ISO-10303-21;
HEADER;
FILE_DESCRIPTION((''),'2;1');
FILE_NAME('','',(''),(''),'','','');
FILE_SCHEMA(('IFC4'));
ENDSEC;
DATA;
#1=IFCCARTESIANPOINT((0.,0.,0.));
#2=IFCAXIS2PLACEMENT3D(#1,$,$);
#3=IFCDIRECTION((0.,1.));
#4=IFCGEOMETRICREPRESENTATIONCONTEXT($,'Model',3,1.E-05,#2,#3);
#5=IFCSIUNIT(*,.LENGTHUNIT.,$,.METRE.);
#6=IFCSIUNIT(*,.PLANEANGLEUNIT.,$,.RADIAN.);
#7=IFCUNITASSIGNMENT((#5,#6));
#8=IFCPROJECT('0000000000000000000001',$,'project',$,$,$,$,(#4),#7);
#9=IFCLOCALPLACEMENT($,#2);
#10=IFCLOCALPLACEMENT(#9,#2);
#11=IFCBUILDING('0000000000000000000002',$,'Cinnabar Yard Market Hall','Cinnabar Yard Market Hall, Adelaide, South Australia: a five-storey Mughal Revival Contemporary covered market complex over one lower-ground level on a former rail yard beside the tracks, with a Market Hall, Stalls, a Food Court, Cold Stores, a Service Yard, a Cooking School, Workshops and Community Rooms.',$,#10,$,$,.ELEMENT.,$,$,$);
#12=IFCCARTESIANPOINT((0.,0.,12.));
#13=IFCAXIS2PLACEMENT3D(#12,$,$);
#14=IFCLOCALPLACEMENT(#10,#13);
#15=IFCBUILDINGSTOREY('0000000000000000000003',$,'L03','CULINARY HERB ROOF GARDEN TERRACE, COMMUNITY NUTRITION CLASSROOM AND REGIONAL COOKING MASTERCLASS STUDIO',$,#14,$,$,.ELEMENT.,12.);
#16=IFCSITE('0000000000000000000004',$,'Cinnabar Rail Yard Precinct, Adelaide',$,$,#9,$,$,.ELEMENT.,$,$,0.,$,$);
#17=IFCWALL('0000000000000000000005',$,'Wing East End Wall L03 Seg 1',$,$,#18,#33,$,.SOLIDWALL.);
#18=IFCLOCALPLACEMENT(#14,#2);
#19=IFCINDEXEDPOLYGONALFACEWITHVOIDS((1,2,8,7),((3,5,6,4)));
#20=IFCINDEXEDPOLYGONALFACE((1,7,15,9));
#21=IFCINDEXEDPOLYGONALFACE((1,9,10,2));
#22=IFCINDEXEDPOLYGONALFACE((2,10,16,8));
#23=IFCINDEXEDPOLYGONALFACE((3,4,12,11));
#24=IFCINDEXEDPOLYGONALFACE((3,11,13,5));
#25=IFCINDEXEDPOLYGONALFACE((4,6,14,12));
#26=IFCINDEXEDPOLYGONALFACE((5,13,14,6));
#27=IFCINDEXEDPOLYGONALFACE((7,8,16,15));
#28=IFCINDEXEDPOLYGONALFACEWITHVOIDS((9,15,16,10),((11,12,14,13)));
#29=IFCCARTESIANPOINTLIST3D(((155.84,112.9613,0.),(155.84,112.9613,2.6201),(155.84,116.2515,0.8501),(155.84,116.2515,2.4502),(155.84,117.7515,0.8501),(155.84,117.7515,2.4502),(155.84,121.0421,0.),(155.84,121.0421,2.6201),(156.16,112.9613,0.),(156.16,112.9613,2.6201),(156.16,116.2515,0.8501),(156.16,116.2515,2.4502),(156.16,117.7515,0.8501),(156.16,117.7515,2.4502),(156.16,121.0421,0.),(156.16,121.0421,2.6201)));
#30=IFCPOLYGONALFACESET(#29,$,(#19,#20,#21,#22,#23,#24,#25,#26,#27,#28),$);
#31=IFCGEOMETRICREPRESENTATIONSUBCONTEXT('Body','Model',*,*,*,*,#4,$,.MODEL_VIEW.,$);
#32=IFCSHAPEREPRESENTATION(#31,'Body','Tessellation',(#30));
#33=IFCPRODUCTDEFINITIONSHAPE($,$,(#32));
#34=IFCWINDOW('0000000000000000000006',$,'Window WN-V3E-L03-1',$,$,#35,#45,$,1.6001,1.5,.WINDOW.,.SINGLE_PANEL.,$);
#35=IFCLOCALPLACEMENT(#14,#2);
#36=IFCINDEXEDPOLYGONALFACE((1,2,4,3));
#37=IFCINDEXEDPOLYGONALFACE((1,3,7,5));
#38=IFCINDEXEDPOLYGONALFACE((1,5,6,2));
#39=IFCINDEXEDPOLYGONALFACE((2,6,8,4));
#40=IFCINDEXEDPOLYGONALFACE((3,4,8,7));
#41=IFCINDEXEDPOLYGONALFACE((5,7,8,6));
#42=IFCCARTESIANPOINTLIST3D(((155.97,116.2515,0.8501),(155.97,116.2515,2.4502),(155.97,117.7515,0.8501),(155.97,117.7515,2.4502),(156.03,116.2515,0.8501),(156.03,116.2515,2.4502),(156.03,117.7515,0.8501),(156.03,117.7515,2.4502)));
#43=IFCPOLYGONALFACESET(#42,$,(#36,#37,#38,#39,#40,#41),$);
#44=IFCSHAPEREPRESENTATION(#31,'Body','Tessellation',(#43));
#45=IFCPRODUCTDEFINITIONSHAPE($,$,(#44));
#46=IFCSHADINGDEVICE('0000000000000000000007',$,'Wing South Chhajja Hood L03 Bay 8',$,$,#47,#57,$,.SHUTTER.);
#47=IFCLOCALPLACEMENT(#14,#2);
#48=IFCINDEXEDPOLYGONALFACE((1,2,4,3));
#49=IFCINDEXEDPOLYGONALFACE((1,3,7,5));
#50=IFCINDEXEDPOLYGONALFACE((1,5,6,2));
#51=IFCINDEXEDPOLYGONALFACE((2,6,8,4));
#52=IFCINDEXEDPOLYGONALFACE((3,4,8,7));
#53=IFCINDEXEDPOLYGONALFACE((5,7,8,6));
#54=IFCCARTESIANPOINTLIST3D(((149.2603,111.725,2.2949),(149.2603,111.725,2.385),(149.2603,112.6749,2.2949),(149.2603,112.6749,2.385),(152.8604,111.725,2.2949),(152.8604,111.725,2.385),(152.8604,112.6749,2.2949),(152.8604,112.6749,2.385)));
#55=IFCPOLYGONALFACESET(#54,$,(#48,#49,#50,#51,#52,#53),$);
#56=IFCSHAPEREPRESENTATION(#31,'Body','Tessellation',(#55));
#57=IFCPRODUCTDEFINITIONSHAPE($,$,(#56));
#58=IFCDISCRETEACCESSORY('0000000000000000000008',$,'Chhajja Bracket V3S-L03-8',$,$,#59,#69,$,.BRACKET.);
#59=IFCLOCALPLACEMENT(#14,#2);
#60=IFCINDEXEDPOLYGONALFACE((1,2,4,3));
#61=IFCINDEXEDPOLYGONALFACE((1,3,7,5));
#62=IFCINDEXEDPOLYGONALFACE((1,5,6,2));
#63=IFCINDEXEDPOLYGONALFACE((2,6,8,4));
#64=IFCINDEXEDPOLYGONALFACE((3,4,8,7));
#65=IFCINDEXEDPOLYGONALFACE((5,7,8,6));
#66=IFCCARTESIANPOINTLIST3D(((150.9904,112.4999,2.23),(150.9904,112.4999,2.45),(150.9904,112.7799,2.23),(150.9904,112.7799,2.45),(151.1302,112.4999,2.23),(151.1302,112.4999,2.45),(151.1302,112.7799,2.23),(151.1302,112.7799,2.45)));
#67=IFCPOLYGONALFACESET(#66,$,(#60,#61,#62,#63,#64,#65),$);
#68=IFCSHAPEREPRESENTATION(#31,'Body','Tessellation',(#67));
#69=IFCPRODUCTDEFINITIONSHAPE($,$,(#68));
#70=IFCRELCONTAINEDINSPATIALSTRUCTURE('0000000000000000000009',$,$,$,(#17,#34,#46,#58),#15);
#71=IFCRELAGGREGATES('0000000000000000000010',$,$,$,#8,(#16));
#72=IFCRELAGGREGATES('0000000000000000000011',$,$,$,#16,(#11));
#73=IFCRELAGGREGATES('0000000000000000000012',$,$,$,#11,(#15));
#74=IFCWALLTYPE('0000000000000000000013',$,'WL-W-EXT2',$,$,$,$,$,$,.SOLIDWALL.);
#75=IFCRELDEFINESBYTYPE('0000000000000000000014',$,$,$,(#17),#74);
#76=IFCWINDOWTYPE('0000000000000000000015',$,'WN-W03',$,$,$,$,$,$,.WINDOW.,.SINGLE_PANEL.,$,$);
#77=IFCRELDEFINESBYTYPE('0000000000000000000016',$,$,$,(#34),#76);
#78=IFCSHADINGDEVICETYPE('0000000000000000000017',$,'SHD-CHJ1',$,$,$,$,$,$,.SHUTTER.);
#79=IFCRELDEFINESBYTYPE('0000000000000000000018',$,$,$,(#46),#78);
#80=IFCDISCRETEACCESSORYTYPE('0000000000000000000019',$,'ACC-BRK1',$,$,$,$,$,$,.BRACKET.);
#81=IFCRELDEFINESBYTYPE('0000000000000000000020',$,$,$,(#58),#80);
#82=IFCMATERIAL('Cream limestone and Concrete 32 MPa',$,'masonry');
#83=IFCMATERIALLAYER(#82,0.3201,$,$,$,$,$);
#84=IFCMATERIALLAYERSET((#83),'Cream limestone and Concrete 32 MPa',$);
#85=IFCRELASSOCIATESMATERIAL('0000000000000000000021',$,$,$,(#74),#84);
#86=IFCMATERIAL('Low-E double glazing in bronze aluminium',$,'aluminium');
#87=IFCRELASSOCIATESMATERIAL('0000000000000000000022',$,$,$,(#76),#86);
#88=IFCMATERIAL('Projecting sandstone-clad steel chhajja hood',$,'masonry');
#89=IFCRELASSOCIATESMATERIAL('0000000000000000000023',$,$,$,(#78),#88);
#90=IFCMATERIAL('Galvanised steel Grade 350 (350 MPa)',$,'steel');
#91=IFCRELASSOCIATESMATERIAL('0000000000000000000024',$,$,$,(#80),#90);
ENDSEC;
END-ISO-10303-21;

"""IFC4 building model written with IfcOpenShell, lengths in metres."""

from ifc_helpers import new_model, si_unit, direction, frame, frame_2d, origin, origin_2d_with_axis, place, context, subcontext, project, spatial, rectangle, extrude, material, layer, layer_set, type_object, element, fill, save


model = new_model("IFC4")

# Units and contexts
model_context = context("Model", 3, precision=1e-05, world=origin(), true_north=direction((0.0, 1.0)))
body_context = subcontext(model_context, "Body", "Model", "MODEL_VIEW")
ifc_project = project(units=[si_unit("LENGTHUNIT", "METRE"), si_unit("PLANEANGLEUNIT", "RADIAN")], contexts=[model_context])

# Site, building, storey
site_placement = place(None, origin())
site = spatial("IfcSite", under=ifc_project, at=site_placement, Name="Cinnabar Rail Yard Precinct, Adelaide", CompositionType="ELEMENT", RefElevation=0.0)
building_placement = place(site_placement, origin())
building = spatial("IfcBuilding", under=site, at=building_placement, Name="Cinnabar Yard Market Hall", Description="Cinnabar Yard Market Hall, Adelaide, South Australia: a five-storey Mughal Revival Contemporary covered market complex over one lower-ground level on a former rail yard beside the tracks, with a Market Hall, Stalls, a Food Court, Cold Stores, a Service Yard, a Cooking School, Workshops and Community Rooms.", CompositionType="ELEMENT")
storey_placement = place(building_placement, frame((0.0, 0.0, 12.0)))
storey = spatial("IfcBuildingStorey", under=building, at=storey_placement, Name="L03", Description="CULINARY HERB ROOF GARDEN TERRACE, COMMUNITY NUTRITION CLASSROOM AND REGIONAL COOKING MASTERCLASS STUDIO", CompositionType="ELEMENT", Elevation=12.0)

# Shared definitions
ifc_material_1 = material(Name="Cream limestone and Concrete 32 MPa", Category="masonry")
ifc_layer_1 = layer(ifc_material_1, 0.3201)
ifc_layer_set_1 = layer_set([ifc_layer_1], Name="Cream limestone and Concrete 32 MPa")
wall_type_1 = type_object("IfcWallType", Name="WL-W-EXT2", PredefinedType="SOLIDWALL", material=ifc_layer_set_1)

# Wall, opening, window
wall_1_placement = place(storey_placement, frame((156.0, 112.9612, 0.0), z_axis=(0.0, 0.0, 1.0), x_axis=(0.0, 1.0, 0.0)))
wall_1 = element("IfcWall", 1, at=wall_1_placement, inside=storey, type_object=wall_type_1, Name="Wing East End Wall L03 Seg 1", PredefinedType="SOLIDWALL", context=body_context, shape_type="SweptSolid", body=[
    extrude(rectangle(XDim=8.0808, YDim=0.3201, at=frame_2d((4.0405, 0.0), x_axis=(1.0, 0.0))), origin(), (0.0, 0.0, 1.0), 2.6201),
])
opening_1_placement = place(wall_1_placement, frame((3.2903, 0.0, 0.8501)))
opening_1 = element("IfcOpeningElement", 2, at=opening_1_placement, cuts=wall_1, PredefinedType="OPENING", context=body_context, shape_type="SweptSolid", body=[
    extrude(rectangle(XDim=1.5, YDim=1.6001, at=frame_2d((0.75, 0.8), x_axis=(1.0, 0.0))), frame((0.0, 0.1699, 0.0), z_axis=(0.0, -1.0, 0.0), x_axis=(1.0, 0.0, 0.0)), (0.0, 0.0, 1.0), 0.3401),
])
ifc_material_2 = material(Name="Low-E double glazing in bronze aluminium", Category="aluminium")
window_type_1 = type_object("IfcWindowType", Name="WN-W03", PartitioningType="SINGLE_PANEL", PredefinedType="WINDOW", material=ifc_material_2)
window_1_placement = place(opening_1_placement, origin())
window_1 = element("IfcWindow", 3, at=window_1_placement, inside=storey, type_object=window_type_1, Name="Window WN-V3E-L03-1", OverallHeight=1.6001, OverallWidth=1.5, PartitioningType="SINGLE_PANEL", PredefinedType="WINDOW", context=body_context, shape_type="SweptSolid", body=[
    extrude(rectangle(XDim=1.5, YDim=1.6001, at=frame_2d((0.75, 0.8), x_axis=(1.0, 0.0))), frame((0.0, 0.03, 0.0), z_axis=(0.0, -1.0, 0.0), x_axis=(1.0, 0.0, 0.0)), (0.0, 0.0, 1.0), 0.0601),
])
fill(opening_1, window_1)

# Shading device
ifc_material_3 = material(Name="Projecting sandstone-clad steel chhajja hood", Category="masonry")
shading_device_type = type_object("IfcShadingDeviceType", Name="SHD-CHJ1", PredefinedType="SHUTTER", material=ifc_material_3)
shading_device_placement = place(storey_placement, frame((151.0603, 112.2, 2.2949), z_axis=(0.0, 0.0, 1.0), x_axis=(1.0, 0.0, 0.0)))
element("IfcShadingDevice", 4, at=shading_device_placement, inside=storey, type_object=shading_device_type, Name="Wing South Chhajja Hood L03 Bay 8", PredefinedType="SHUTTER", context=body_context, shape_type="SweptSolid", body=[
    extrude(rectangle(XDim=3.6001, YDim=0.95, at=origin_2d_with_axis()), origin(), (0.0, 0.0, 1.0), 0.0901),
])

# Discrete accessory
ifc_material_4 = material(Name="Galvanised steel Grade 350 (350 MPa)", Category="steel")
discrete_accessory_type = type_object("IfcDiscreteAccessoryType", Name="ACC-BRK1", PredefinedType="BRACKET", material=ifc_material_4)
discrete_accessory_placement = place(storey_placement, frame((151.0603, 112.6399, 2.23), z_axis=(0.0, 0.0, 1.0), x_axis=(1.0, 0.0, 0.0)))
element("IfcDiscreteAccessory", 5, at=discrete_accessory_placement, inside=storey, type_object=discrete_accessory_type, Name="Chhajja Bracket V3S-L03-8", PredefinedType="BRACKET", context=body_context, shape_type="SweptSolid", body=[
    extrude(rectangle(XDim=0.1399, YDim=0.28, at=origin_2d_with_axis()), origin(), (0.0, 0.0, 1.0), 0.22),
])

save(model, "model.ifc")
